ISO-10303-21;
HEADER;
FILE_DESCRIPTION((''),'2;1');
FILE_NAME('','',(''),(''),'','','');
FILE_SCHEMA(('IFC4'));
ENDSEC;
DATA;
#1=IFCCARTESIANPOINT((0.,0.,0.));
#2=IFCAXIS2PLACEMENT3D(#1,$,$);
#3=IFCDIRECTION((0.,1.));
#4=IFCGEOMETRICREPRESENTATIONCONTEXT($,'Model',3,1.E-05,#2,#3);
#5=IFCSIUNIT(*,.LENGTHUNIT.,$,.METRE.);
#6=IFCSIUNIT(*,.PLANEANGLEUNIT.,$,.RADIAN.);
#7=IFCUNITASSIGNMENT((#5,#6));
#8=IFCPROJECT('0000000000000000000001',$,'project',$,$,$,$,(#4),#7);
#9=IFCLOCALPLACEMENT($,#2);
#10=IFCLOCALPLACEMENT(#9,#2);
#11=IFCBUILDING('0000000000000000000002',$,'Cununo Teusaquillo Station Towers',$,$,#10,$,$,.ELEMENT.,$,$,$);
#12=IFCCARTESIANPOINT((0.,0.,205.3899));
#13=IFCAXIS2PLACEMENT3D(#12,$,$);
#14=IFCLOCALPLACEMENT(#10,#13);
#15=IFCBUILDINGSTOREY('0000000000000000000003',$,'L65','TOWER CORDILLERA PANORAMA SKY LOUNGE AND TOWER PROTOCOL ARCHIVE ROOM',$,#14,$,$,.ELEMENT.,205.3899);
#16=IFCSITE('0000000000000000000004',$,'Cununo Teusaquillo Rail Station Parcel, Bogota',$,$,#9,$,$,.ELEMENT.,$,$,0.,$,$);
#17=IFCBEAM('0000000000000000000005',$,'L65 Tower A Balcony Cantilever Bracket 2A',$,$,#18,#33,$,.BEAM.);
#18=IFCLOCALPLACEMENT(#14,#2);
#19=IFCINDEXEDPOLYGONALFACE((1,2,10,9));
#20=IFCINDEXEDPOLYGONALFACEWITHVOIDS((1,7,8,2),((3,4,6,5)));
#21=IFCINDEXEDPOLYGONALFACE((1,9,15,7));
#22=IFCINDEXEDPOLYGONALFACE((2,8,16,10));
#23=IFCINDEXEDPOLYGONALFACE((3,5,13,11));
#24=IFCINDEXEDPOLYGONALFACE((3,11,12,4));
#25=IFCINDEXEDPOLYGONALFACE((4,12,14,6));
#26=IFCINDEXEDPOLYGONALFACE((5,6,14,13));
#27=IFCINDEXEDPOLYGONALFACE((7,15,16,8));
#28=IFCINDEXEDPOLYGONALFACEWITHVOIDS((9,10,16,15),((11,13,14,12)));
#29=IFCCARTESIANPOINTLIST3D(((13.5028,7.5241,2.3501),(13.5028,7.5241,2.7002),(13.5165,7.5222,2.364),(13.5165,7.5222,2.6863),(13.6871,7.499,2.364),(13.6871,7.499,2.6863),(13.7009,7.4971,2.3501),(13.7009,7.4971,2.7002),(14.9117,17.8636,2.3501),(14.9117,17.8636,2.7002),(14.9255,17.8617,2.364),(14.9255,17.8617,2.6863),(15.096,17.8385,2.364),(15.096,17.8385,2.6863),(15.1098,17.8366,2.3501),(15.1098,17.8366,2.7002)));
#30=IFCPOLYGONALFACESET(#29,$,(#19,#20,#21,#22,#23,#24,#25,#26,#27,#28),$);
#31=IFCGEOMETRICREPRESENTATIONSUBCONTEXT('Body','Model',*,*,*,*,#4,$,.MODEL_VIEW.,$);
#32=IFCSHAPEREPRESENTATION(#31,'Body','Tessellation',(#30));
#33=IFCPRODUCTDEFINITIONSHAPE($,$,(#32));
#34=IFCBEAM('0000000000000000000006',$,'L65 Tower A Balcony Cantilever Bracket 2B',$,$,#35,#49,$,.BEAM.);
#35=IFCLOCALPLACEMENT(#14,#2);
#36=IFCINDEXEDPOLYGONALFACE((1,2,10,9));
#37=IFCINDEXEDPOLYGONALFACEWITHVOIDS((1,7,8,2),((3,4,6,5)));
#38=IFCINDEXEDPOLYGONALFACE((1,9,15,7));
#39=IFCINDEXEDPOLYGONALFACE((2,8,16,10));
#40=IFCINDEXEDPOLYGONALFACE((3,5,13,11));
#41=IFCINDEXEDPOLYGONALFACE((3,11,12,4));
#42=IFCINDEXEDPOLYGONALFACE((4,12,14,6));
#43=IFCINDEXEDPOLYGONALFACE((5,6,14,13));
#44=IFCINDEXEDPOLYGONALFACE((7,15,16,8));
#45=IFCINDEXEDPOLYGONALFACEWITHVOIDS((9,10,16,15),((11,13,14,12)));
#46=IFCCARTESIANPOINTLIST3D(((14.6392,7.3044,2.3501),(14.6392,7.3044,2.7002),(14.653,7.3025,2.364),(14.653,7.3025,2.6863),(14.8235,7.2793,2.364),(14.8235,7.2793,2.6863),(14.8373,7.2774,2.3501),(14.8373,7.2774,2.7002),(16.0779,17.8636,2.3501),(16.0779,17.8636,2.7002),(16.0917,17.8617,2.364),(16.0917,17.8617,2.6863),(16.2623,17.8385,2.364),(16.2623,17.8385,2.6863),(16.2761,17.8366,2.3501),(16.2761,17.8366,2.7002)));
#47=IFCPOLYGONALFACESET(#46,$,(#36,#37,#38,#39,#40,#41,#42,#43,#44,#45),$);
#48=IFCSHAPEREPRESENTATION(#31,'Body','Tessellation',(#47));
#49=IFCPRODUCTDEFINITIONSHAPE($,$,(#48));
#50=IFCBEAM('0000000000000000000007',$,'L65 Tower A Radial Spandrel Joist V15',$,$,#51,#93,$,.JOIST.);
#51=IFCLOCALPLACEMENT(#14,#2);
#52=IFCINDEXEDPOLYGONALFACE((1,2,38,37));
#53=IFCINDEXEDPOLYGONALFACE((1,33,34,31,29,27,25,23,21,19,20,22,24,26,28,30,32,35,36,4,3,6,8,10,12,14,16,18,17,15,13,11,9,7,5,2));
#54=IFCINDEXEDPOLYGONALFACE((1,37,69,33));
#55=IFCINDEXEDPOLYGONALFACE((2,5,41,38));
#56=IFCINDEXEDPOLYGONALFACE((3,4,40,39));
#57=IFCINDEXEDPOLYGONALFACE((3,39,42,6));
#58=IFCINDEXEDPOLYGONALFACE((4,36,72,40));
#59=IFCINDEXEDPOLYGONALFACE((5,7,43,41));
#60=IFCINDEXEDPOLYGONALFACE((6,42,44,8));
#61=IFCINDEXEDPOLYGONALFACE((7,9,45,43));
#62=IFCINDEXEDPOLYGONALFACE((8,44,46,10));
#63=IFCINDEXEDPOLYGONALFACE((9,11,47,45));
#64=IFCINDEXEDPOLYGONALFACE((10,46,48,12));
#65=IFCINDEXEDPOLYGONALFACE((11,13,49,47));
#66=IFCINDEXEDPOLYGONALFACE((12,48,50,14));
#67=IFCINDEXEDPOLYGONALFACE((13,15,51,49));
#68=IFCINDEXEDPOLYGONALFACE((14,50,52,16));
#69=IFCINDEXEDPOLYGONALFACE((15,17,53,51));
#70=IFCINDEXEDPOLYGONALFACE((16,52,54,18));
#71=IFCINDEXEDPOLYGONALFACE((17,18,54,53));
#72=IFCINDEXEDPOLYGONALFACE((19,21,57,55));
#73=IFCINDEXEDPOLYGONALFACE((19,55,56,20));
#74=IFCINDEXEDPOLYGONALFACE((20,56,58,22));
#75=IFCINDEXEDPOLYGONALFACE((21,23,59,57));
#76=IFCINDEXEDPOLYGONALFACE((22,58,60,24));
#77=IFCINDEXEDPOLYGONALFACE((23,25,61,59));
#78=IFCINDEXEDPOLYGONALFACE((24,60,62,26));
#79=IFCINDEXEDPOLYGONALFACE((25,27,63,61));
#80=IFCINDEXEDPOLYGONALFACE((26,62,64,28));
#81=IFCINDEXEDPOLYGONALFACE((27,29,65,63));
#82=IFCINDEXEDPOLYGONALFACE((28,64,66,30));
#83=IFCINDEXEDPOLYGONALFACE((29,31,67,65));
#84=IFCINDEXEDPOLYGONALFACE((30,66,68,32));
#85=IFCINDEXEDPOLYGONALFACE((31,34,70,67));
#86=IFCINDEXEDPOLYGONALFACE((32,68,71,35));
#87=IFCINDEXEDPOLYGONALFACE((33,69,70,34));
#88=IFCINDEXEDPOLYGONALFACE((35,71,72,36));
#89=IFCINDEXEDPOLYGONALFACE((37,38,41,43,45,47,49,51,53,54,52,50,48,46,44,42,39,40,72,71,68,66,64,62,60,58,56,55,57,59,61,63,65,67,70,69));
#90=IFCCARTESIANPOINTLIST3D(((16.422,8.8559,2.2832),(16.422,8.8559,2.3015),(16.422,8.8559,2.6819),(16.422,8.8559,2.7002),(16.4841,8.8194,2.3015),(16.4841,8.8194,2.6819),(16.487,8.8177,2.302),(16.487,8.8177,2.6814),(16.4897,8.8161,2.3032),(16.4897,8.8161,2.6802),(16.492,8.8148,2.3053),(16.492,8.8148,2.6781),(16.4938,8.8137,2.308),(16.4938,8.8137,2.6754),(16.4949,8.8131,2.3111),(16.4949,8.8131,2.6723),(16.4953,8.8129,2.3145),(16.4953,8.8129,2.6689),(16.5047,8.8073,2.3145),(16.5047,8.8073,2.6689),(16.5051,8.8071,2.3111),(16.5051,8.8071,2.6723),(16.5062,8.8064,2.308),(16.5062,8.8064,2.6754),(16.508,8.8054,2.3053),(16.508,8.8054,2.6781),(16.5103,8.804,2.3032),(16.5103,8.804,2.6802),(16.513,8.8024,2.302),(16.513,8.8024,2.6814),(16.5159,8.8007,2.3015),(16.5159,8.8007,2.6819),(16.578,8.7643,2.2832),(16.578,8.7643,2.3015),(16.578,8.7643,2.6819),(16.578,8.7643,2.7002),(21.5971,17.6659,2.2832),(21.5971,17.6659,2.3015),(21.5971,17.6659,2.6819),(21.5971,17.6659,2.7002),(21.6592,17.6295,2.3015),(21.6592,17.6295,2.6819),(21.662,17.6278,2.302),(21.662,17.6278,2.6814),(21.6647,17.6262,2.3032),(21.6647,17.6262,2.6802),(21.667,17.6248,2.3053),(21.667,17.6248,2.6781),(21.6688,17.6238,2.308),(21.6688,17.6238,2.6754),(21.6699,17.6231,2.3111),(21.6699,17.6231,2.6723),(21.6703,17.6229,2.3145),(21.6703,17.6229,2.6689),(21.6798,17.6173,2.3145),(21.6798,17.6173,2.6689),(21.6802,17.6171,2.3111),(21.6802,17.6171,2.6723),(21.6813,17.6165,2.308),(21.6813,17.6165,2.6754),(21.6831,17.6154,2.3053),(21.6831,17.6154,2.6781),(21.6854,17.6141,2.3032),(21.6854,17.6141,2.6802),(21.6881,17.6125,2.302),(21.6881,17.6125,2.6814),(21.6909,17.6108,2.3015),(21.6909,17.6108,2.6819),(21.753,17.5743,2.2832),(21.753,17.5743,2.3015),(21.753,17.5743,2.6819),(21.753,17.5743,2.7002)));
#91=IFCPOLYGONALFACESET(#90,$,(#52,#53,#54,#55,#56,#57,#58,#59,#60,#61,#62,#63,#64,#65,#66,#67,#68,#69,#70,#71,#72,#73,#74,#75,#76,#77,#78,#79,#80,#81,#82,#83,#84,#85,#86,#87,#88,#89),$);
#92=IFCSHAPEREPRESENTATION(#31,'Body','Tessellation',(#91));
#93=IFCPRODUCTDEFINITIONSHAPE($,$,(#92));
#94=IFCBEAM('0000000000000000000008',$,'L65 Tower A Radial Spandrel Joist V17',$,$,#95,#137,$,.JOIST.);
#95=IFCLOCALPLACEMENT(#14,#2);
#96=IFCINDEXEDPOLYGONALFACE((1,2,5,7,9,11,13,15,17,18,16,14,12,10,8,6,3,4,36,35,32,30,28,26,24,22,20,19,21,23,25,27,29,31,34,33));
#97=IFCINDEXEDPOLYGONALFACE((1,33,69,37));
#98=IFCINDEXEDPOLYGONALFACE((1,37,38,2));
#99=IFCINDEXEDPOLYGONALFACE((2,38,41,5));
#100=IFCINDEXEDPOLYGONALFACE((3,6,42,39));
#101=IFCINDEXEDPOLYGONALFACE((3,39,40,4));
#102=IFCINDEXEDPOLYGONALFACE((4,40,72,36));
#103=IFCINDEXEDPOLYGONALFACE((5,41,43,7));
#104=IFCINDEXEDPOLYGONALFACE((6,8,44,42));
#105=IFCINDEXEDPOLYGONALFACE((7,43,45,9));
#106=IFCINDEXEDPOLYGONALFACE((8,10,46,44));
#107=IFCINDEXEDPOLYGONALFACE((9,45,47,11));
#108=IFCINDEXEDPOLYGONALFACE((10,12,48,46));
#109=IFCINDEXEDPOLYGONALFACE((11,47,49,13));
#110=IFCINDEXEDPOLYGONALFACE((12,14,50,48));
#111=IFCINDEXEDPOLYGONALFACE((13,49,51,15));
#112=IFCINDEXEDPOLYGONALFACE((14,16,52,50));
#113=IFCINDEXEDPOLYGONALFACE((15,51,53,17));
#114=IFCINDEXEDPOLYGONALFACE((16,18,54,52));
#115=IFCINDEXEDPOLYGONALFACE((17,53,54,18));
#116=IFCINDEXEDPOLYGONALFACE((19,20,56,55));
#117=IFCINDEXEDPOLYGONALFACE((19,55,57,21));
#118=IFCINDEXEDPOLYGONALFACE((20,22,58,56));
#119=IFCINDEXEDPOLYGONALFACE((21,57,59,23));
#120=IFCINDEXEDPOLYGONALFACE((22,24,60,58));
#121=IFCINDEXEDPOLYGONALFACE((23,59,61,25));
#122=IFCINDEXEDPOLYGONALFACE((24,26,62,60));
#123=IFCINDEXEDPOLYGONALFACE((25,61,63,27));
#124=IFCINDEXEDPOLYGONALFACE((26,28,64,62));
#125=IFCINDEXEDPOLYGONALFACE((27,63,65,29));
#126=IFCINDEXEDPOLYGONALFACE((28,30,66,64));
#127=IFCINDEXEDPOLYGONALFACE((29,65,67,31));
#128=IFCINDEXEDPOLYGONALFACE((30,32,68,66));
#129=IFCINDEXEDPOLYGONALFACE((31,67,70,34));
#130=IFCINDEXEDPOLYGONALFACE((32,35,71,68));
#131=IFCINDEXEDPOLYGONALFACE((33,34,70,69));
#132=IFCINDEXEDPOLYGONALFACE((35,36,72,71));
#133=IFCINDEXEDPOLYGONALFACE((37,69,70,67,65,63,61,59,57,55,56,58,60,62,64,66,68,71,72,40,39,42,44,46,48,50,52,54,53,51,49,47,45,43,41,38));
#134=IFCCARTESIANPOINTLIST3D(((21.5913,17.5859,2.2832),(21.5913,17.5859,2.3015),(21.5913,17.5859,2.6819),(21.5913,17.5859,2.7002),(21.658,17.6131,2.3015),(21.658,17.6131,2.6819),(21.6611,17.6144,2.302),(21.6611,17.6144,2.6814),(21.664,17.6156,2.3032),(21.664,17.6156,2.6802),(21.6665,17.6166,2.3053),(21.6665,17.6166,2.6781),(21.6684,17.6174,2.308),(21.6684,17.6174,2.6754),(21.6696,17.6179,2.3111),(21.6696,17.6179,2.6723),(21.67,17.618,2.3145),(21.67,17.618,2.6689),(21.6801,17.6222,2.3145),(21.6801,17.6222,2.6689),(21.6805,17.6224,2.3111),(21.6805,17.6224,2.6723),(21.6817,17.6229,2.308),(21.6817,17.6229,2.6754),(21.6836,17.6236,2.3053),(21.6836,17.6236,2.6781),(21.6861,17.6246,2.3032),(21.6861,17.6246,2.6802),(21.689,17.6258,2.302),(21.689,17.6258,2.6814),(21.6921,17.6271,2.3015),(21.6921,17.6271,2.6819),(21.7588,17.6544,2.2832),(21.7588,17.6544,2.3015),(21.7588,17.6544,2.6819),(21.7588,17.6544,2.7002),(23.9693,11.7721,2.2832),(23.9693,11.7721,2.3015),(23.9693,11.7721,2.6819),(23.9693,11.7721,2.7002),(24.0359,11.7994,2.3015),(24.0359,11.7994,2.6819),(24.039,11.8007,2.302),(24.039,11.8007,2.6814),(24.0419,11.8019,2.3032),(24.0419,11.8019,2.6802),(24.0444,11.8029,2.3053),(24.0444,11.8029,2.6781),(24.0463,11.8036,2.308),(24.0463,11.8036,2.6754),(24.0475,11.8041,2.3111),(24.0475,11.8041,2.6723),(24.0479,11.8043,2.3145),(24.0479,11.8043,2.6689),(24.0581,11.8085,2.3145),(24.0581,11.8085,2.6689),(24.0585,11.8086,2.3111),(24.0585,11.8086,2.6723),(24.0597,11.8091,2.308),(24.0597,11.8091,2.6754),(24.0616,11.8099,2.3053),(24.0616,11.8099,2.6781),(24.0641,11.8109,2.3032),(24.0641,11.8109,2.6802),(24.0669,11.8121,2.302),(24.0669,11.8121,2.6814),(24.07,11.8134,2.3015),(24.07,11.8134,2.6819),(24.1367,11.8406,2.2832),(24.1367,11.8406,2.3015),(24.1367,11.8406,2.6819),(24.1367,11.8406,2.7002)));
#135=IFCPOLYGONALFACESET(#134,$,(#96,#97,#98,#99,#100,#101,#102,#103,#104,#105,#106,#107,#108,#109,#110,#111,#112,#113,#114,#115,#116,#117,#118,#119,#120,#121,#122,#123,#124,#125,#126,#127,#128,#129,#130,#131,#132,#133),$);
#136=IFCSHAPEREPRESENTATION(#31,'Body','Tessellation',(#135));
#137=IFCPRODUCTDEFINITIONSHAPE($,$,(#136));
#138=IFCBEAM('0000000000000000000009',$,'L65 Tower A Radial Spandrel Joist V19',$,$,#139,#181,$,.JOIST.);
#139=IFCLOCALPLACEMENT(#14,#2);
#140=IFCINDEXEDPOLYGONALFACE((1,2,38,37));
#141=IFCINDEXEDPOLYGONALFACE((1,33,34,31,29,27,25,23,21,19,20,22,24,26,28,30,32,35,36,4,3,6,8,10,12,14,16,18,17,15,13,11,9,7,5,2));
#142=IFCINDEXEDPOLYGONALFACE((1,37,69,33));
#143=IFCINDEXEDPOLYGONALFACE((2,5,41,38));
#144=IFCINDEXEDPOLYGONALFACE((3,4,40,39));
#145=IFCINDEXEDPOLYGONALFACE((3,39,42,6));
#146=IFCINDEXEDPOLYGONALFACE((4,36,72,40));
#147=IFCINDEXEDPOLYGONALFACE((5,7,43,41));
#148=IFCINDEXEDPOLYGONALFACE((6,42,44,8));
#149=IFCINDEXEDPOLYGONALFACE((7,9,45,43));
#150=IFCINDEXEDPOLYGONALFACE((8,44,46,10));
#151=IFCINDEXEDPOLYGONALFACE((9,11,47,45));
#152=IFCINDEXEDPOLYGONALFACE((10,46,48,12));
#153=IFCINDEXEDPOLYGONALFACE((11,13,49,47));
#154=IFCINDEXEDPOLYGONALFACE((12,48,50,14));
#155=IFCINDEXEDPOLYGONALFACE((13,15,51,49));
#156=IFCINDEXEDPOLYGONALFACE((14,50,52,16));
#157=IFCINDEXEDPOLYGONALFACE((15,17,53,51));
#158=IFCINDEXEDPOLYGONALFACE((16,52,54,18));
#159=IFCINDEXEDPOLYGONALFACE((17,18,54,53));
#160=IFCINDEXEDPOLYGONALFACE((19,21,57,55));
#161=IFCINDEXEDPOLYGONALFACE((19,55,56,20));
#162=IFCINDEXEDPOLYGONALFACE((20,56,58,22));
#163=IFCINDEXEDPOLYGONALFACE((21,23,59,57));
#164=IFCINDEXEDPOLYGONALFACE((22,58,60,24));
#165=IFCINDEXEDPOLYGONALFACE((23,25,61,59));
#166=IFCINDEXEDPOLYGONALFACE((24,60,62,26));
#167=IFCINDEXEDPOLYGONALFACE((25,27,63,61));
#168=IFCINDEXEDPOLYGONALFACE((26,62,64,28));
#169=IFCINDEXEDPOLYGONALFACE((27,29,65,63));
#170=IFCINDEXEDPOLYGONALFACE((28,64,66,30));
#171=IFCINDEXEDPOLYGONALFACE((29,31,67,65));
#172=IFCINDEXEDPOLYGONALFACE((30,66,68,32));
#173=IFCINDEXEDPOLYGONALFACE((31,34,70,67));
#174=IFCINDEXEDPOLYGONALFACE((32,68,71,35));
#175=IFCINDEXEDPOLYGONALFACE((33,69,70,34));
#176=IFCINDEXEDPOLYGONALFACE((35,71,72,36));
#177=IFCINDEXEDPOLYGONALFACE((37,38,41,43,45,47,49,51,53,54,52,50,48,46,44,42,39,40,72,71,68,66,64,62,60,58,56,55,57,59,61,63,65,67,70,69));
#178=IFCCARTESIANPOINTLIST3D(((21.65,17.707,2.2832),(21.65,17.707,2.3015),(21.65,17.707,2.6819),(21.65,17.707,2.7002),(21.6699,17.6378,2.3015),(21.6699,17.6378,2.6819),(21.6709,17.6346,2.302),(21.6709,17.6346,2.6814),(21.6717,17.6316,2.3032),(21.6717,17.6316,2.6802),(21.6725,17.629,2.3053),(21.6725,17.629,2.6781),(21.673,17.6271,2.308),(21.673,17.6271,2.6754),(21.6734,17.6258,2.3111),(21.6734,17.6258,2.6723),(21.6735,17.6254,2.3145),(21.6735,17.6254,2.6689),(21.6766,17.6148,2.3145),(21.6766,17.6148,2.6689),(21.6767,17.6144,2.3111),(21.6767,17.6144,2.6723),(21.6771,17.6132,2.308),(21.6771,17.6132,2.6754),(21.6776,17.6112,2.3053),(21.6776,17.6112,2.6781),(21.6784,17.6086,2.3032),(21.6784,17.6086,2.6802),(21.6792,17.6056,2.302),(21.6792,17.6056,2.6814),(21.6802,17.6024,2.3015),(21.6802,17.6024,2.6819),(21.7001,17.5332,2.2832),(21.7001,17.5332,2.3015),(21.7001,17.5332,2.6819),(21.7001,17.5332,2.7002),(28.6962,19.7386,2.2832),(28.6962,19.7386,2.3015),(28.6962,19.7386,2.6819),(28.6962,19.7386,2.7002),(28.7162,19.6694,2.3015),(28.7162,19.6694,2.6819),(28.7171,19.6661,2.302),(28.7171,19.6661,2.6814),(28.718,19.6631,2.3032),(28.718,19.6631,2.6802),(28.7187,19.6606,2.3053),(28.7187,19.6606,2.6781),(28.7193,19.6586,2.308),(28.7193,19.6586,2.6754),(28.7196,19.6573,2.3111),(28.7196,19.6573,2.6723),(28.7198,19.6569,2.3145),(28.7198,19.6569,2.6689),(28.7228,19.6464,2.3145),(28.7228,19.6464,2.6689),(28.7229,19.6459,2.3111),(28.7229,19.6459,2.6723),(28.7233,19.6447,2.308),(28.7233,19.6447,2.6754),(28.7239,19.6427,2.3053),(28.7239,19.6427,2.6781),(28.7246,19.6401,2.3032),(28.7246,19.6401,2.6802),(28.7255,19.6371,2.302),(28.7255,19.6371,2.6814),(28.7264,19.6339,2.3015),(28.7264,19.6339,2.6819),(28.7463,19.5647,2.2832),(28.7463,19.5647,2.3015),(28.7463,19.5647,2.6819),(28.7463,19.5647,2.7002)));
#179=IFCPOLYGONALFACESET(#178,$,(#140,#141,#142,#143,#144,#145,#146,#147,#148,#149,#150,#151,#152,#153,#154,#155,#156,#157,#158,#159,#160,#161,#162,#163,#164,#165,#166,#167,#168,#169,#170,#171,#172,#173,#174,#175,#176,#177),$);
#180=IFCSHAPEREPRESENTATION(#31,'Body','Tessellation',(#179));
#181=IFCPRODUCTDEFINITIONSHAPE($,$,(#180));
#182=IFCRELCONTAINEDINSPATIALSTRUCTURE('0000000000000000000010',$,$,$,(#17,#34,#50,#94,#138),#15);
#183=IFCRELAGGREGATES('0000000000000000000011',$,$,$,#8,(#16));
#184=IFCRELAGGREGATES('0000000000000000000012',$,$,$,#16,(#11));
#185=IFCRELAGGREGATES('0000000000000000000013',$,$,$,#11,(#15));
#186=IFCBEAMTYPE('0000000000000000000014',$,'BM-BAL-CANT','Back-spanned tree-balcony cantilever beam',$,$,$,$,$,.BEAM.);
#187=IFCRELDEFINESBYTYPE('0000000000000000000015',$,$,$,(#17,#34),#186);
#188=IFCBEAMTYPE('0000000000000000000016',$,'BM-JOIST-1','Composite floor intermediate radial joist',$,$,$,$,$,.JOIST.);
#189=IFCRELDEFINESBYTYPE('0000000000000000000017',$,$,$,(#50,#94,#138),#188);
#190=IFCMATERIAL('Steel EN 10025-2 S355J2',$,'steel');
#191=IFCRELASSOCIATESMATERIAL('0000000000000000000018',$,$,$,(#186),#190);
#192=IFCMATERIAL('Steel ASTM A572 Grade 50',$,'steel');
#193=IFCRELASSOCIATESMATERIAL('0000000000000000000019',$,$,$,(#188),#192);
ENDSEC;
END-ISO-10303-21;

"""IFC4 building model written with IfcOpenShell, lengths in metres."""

from ifc_helpers import new_model, si_unit, direction, frame, origin, origin_2d, place, context, subcontext, project, spatial, hollow_rectangle, i_section, extrude, material, material_profile, profile_set, type_object, element, save


model = new_model("IFC4")

# Units and contexts
model_context = context("Model", 3, precision=1e-05, world=origin(), true_north=direction((0.0, 1.0)))
body_context = subcontext(model_context, "Body", "Model", "MODEL_VIEW")
ifc_project = project(units=[si_unit("LENGTHUNIT", "METRE"), si_unit("PLANEANGLEUNIT", "RADIAN")], contexts=[model_context])

# Site, building, storey
site_placement = place(None, origin())
site = spatial("IfcSite", under=ifc_project, at=site_placement, Name="Cununo Teusaquillo Rail Station Parcel, Bogota", CompositionType="ELEMENT", RefElevation=0.0)
building_placement = place(site_placement, origin())
building = spatial("IfcBuilding", under=site, at=building_placement, Name="Cununo Teusaquillo Station Towers", CompositionType="ELEMENT")
storey_placement = place(building_placement, frame((0.0, 0.0, 205.3899)))
storey = spatial("IfcBuildingStorey", under=building, at=storey_placement, Name="L65", Description="TOWER CORDILLERA PANORAMA SKY LOUNGE AND TOWER PROTOCOL ARCHIVE ROOM", CompositionType="ELEMENT", Elevation=205.3899)

# Beams
ifc_material_1 = material(Name="Steel EN 10025-2 S355J2", Category="steel")
ifc_material_profile_1 = material_profile(ifc_material_1, hollow_rectangle(XDim=0.2, YDim=0.3501, WallThickness=0.0139, at=origin_2d()), Name="RHS 350x200x14")
ifc_profile_set_1 = profile_set([ifc_material_profile_1], Name="Steel EN 10025-2 S355J2")
beam_type_1 = type_object("IfcBeamType", Name="BM-BAL-CANT", Description="Back-spanned tree-balcony cantilever beam", PredefinedType="BEAM", material=ifc_profile_set_1)
beam_1_placement = place(storey_placement, frame((15.0107, 17.8501, 2.5251), z_axis=(-0.135018, -0.990843, 0.0), x_axis=(0.990843, -0.135018, 0.0)))
element("IfcBeam", 1, at=beam_1_placement, inside=storey, type_object=beam_type_1, Name="L65 Tower A Balcony Cantilever Bracket 2A", PredefinedType="BEAM", context=body_context, shape_type="SweptSolid", body=[
    extrude(hollow_rectangle(XDim=0.2, YDim=0.3501, WallThickness=0.0139, at=origin_2d()), origin(), (0.0, 0.0, 1.0), 10.4351),
])
beam_2_placement = place(storey_placement, frame((16.177, 17.8501, 2.5251), z_axis=(-0.135007, -0.990845, 0.0), x_axis=(0.990845, -0.135007, 0.0)))
element("IfcBeam", 2, at=beam_2_placement, inside=storey, type_object=beam_type_1, Name="L65 Tower A Balcony Cantilever Bracket 2B", PredefinedType="BEAM", context=body_context, shape_type="SweptSolid", body=[
    extrude(hollow_rectangle(XDim=0.2, YDim=0.3501, WallThickness=0.0139, at=origin_2d()), origin(), (0.0, 0.0, 1.0), 10.6567),
])
ifc_material_2 = material(Name="Steel ASTM A572 Grade 50", Category="steel")
ifc_material_profile_2 = material_profile(ifc_material_2, i_section(OverallWidth=0.1809, OverallDepth=0.417, WebThickness=0.011, FlangeThickness=0.0183, FilletRadius=0.0129, at=origin_2d()), Name="W16X57")
ifc_profile_set_2 = profile_set([ifc_material_profile_2], Name="Steel ASTM A572 Grade 50")
beam_type_2 = type_object("IfcBeamType", Name="BM-JOIST-1", Description="Composite floor intermediate radial joist", PredefinedType="JOIST", material=ifc_profile_set_2)
beam_3_placement = place(storey_placement, frame((21.675, 17.6201, 2.4917), z_axis=(-0.506486, -0.862248, 0.0), x_axis=(0.862248, -0.506486, 0.0)))
element("IfcBeam", 3, at=beam_3_placement, inside=storey, type_object=beam_type_2, Name="L65 Tower A Radial Spandrel Joist V15", PredefinedType="JOIST", context=body_context, shape_type="SweptSolid", body=[
    extrude(i_section(OverallWidth=0.1809, OverallDepth=0.417, WebThickness=0.011, FlangeThickness=0.0183, FilletRadius=0.0129, at=origin_2d()), origin(), (0.0, 0.0, 1.0), 10.2175),
])
beam_4_placement = place(storey_placement, frame((21.675, 17.6201, 2.4917), z_axis=(0.378577, -0.92557, 0.0), x_axis=(0.92557, 0.378577, 0.0)))
element("IfcBeam", 4, at=beam_4_placement, inside=storey, type_object=beam_type_2, Name="L65 Tower A Radial Spandrel Joist V17", PredefinedType="JOIST", context=body_context, shape_type="SweptSolid", body=[
    extrude(i_section(OverallWidth=0.1809, OverallDepth=0.417, WebThickness=0.011, FlangeThickness=0.0183, FilletRadius=0.0129, at=origin_2d()), origin(), (0.0, 0.0, 1.0), 6.2812),
])
beam_5_placement = place(storey_placement, frame((21.675, 17.6201, 2.4917), z_axis=(0.960862, 0.277029, 0.0), x_axis=(-0.277029, 0.960862, 0.0)))
element("IfcBeam", 5, at=beam_5_placement, inside=storey, type_object=beam_type_2, Name="L65 Tower A Radial Spandrel Joist V19", PredefinedType="JOIST", context=body_context, shape_type="SweptSolid", body=[
    extrude(i_section(OverallWidth=0.1809, OverallDepth=0.417, WebThickness=0.011, FlangeThickness=0.0183, FilletRadius=0.0129, at=origin_2d()), origin(), (0.0, 0.0, 1.0), 7.3333),
])

save(model, "model.ifc")
